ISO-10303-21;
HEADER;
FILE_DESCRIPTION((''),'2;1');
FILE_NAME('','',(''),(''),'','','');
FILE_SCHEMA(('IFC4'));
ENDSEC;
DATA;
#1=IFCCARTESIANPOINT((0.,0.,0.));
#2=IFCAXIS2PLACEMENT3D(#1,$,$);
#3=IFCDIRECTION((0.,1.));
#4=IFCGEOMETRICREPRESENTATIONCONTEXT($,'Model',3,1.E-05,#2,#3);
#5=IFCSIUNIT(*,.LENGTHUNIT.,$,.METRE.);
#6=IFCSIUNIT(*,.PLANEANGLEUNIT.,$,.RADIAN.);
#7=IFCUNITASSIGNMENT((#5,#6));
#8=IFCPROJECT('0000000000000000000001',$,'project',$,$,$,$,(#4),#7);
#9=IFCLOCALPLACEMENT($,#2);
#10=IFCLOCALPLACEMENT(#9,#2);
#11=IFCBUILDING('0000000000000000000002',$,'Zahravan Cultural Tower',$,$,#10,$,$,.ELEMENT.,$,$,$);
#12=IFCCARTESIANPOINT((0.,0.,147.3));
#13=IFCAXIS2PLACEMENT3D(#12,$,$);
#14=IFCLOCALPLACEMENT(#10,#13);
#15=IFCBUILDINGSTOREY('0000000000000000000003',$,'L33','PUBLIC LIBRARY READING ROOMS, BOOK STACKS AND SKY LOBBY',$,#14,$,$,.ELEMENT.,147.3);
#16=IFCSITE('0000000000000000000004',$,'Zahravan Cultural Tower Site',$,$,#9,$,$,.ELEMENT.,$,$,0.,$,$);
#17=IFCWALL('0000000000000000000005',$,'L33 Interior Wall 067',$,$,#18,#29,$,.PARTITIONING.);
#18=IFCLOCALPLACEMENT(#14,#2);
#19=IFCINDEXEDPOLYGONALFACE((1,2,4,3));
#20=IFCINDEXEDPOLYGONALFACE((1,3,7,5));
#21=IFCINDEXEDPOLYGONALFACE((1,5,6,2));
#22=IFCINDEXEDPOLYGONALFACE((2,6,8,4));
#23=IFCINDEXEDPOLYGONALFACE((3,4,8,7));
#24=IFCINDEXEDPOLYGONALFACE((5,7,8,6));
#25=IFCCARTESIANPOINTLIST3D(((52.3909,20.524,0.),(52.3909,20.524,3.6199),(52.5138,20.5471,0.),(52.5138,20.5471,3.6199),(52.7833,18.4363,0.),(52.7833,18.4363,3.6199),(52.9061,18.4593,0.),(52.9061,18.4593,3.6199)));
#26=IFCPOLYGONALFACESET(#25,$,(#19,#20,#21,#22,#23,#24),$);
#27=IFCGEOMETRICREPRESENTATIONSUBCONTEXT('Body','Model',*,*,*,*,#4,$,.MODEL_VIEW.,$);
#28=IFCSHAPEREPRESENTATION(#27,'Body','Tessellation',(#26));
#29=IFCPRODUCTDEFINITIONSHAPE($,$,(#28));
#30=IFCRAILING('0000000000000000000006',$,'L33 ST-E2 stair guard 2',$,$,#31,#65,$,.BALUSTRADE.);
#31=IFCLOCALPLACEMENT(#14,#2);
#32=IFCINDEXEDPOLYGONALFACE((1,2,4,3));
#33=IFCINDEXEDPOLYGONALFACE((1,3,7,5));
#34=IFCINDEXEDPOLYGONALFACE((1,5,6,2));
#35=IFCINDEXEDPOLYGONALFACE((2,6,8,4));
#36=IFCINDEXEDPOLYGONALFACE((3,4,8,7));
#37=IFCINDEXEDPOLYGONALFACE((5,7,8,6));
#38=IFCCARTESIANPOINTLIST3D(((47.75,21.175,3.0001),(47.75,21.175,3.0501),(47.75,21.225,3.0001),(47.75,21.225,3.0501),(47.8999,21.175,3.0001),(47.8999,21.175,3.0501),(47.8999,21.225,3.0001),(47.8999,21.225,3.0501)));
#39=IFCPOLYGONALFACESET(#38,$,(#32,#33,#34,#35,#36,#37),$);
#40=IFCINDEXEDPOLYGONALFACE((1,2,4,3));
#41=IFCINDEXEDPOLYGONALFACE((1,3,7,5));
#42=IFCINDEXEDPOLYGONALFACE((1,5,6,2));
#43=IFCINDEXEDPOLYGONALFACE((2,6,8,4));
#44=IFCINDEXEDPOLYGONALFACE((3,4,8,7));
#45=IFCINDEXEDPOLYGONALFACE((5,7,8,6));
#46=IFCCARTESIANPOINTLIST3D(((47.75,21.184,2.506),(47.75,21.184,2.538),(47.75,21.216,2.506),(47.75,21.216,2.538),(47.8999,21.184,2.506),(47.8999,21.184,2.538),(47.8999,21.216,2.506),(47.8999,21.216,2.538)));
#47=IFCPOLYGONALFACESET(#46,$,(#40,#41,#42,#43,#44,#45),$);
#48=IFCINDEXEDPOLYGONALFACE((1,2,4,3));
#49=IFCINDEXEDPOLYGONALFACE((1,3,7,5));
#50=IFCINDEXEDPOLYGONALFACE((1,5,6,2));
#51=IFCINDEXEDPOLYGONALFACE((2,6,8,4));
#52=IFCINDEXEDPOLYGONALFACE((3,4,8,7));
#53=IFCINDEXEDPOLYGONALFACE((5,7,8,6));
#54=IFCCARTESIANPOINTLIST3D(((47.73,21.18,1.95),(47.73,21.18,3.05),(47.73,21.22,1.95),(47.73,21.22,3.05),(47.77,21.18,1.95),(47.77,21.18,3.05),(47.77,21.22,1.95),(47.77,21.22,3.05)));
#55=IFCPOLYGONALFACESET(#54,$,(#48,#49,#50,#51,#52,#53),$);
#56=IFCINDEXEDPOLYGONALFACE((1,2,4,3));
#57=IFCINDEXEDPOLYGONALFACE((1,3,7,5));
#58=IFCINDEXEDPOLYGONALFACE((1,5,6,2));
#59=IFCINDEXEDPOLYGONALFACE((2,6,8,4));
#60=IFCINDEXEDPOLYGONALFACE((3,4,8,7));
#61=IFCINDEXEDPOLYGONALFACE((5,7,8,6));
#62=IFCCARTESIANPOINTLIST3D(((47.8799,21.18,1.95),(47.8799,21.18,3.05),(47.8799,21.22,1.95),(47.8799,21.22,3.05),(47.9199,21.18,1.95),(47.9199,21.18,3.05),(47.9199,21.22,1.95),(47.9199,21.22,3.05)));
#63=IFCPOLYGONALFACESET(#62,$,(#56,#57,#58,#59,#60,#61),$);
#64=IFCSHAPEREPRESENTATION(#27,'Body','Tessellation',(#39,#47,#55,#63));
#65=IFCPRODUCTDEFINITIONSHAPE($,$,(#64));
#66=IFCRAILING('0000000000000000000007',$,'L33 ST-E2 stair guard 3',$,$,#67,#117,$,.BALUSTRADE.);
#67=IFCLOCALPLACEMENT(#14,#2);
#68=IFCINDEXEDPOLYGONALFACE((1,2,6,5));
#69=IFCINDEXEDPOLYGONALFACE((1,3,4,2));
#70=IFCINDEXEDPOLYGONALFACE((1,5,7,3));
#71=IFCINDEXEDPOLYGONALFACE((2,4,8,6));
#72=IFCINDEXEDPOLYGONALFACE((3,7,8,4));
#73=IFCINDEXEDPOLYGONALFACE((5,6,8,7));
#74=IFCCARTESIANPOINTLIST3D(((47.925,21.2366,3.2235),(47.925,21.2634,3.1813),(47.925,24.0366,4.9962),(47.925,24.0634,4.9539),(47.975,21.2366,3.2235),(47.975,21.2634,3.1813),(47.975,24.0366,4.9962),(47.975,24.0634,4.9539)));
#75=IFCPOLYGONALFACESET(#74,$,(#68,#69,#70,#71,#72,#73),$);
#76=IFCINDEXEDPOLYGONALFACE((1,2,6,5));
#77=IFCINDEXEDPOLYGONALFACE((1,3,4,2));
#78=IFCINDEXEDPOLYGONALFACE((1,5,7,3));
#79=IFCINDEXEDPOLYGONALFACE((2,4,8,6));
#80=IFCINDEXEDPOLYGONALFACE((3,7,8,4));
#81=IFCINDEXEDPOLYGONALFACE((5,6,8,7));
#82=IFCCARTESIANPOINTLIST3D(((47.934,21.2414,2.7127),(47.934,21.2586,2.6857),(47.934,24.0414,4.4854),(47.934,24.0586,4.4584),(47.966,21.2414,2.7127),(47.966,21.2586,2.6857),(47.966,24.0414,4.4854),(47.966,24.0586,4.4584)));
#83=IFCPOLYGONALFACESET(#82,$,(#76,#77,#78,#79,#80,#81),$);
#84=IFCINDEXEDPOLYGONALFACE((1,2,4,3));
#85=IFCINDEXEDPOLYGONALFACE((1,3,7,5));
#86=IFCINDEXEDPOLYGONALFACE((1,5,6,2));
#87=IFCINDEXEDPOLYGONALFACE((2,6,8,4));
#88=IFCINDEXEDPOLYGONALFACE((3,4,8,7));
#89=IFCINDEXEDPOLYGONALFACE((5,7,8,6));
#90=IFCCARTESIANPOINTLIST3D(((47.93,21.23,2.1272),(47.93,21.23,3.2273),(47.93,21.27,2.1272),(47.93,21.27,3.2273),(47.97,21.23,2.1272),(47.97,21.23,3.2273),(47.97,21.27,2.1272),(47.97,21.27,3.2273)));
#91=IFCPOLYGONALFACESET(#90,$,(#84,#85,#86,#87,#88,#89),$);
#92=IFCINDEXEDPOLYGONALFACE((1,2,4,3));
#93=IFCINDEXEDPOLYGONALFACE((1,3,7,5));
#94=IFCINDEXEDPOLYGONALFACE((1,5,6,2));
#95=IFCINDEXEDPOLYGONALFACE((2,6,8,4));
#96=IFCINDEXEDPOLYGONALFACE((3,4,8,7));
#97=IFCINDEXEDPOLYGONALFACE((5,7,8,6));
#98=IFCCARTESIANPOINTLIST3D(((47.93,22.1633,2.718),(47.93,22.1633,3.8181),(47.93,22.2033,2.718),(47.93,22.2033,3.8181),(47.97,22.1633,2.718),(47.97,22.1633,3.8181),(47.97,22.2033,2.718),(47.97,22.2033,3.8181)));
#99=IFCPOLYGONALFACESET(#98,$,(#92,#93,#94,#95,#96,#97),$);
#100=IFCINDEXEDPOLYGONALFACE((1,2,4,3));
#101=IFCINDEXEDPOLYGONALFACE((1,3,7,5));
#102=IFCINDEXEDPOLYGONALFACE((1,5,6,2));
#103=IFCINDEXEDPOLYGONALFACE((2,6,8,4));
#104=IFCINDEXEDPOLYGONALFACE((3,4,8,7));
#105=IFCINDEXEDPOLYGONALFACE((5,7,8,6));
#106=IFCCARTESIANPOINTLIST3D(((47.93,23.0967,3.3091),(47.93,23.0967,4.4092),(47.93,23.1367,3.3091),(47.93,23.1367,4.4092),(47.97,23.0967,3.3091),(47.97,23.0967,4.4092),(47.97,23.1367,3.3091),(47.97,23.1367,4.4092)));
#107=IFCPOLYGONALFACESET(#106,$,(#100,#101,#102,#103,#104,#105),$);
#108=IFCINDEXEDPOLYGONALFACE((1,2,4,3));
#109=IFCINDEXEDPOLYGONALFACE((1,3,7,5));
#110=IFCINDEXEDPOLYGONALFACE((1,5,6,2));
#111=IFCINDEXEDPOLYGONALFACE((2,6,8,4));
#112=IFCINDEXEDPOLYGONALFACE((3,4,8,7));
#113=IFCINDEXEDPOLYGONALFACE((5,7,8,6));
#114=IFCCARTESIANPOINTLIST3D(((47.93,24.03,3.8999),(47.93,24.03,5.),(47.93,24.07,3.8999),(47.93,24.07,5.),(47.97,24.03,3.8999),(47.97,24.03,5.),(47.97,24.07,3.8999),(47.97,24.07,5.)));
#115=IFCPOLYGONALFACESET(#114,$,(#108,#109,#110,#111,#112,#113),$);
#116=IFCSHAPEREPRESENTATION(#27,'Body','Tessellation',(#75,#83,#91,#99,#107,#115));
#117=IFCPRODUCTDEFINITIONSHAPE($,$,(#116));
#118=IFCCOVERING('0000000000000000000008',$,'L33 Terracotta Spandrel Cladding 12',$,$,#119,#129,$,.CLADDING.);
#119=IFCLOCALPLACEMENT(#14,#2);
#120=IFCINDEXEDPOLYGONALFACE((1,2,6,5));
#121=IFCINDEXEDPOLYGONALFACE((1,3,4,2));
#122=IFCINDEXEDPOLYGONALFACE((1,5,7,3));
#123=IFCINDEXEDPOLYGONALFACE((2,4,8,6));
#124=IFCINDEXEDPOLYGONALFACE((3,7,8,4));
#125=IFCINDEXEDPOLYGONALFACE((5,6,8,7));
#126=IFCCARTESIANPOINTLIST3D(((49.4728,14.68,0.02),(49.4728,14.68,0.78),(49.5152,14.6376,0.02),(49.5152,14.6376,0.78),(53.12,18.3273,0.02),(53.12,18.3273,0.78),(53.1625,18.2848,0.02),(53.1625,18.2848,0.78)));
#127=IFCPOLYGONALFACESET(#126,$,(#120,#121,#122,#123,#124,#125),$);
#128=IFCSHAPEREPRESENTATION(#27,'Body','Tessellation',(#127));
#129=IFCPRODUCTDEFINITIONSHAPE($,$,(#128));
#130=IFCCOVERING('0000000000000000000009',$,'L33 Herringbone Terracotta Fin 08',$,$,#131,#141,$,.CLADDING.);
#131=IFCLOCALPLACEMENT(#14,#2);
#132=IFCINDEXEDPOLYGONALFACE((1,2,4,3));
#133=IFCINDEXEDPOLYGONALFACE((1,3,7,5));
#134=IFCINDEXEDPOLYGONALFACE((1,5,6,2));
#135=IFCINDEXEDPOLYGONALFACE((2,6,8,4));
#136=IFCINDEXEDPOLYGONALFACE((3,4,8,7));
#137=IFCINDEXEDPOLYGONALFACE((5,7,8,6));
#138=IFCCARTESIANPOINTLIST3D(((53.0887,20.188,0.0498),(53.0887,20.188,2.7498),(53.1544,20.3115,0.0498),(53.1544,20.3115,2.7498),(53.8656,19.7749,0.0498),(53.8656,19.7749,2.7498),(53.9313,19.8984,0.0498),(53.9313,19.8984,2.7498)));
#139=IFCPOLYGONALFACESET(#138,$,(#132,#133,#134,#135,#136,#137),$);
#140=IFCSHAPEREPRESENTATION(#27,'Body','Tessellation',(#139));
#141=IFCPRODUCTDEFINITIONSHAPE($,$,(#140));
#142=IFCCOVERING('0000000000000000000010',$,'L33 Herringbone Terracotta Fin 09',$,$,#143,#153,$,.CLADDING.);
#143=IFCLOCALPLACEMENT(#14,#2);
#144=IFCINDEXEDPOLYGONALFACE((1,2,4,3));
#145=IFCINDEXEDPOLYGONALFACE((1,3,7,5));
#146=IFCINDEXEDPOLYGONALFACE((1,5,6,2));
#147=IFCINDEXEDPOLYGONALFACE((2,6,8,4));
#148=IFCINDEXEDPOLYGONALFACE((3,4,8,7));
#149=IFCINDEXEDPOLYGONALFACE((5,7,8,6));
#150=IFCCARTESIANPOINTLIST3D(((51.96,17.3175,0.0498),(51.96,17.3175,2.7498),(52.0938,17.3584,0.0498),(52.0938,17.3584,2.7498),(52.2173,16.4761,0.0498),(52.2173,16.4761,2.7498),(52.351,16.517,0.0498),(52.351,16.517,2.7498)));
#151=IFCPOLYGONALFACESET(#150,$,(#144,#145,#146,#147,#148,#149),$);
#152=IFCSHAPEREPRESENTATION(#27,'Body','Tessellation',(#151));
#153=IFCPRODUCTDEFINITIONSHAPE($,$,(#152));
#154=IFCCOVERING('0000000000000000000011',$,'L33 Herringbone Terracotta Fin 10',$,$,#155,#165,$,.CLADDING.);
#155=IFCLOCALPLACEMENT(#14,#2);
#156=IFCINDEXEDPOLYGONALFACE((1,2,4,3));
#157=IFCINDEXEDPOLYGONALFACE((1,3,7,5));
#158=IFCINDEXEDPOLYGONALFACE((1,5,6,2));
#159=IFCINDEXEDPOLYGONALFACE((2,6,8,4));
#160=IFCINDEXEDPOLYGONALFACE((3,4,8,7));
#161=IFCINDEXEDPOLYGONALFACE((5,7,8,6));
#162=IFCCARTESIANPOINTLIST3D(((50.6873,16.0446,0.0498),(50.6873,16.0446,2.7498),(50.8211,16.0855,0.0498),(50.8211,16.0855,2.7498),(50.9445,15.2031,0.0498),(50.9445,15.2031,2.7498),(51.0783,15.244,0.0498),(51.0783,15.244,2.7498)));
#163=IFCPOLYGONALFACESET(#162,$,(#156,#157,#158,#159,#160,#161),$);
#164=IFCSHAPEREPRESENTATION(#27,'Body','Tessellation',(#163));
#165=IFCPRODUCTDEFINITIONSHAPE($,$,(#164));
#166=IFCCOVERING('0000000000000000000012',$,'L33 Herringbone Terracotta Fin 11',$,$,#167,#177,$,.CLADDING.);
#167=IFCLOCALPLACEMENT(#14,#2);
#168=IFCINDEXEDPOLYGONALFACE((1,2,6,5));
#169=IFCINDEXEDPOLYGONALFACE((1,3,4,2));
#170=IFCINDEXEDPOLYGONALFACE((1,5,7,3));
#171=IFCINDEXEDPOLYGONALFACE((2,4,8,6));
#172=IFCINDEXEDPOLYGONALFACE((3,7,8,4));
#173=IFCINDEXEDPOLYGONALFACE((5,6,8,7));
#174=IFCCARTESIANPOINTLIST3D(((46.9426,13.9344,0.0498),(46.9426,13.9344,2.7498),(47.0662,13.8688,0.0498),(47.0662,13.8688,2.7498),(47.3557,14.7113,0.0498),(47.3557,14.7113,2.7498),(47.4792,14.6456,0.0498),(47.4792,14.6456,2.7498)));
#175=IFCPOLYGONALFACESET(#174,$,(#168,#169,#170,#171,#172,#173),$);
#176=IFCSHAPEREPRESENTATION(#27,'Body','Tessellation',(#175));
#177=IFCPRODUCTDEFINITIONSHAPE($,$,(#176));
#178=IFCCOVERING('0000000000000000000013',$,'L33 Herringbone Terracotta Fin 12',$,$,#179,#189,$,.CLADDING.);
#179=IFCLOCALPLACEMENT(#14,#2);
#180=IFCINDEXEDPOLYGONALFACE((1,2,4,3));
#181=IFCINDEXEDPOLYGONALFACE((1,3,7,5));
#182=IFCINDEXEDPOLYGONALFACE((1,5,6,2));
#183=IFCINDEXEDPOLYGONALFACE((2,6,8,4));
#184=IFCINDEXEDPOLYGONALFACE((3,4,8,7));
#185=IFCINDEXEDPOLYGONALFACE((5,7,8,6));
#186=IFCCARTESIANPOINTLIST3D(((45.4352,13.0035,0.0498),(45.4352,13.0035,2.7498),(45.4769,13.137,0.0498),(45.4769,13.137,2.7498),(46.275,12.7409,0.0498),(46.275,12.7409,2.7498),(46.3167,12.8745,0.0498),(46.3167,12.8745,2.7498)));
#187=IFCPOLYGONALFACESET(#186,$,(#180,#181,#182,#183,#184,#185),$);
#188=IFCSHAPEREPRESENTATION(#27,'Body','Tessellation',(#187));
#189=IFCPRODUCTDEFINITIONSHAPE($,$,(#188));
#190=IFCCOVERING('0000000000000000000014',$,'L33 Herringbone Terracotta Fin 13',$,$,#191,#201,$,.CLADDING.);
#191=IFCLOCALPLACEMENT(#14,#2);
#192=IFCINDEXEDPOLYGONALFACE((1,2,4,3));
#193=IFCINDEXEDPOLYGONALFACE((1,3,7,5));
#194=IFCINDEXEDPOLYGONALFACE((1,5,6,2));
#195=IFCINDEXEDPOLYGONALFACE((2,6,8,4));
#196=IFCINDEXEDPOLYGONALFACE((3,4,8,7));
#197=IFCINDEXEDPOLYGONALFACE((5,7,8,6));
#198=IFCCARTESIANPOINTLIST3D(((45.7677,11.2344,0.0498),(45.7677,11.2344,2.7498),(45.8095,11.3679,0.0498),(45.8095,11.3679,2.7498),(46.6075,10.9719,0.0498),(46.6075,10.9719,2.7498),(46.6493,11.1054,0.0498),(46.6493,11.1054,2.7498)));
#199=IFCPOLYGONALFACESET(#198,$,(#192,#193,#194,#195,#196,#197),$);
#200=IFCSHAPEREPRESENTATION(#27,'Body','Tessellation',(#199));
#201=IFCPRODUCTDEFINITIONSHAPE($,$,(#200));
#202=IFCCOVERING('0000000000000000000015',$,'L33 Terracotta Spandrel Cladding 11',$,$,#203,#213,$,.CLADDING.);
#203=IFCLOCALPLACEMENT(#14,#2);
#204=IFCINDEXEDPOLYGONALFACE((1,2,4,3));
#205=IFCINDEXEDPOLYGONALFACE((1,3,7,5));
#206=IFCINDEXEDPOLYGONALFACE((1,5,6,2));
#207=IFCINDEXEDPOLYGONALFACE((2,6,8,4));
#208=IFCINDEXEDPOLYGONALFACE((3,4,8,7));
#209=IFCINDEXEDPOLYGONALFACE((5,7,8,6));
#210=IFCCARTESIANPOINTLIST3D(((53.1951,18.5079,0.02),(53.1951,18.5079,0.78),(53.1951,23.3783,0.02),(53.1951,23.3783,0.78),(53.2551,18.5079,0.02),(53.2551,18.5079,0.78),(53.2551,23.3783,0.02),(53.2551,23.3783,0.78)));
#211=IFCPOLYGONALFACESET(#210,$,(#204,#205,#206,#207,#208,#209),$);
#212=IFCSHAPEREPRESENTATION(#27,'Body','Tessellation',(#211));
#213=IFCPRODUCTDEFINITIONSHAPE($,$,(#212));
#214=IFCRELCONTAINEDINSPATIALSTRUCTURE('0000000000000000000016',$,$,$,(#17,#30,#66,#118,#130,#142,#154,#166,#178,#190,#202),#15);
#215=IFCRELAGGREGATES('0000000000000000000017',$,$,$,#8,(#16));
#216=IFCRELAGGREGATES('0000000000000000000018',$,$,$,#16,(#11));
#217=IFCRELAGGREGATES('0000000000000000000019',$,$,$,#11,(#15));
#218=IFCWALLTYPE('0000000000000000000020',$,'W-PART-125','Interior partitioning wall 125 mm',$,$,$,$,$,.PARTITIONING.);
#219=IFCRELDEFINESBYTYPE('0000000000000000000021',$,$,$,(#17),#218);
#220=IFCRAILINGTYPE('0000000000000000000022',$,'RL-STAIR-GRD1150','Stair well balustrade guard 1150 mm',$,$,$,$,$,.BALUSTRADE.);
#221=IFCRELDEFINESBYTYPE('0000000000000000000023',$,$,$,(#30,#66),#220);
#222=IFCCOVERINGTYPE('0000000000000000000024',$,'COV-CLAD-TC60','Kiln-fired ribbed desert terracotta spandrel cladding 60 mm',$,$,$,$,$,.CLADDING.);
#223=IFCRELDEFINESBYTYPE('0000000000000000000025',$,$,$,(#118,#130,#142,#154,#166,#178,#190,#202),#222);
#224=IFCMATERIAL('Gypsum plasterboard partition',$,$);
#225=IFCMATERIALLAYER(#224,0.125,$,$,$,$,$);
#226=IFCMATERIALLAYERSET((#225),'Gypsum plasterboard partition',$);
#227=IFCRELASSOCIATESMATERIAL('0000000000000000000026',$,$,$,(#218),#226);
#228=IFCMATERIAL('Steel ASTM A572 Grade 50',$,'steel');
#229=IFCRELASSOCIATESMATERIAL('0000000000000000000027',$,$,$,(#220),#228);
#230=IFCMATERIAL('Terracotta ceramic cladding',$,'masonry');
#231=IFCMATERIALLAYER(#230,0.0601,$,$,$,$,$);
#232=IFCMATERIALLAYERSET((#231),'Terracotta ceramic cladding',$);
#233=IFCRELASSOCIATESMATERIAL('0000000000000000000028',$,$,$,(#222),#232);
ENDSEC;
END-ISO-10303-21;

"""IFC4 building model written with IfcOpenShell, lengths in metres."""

from ifc_helpers import new_model, si_unit, direction, frame, frame_2d, origin, origin_2d, place, context, subcontext, project, spatial, rectangle, extrude, source, transform, mapped, material, layer, layer_set, type_object, element, save


model = new_model("IFC4")

# Units and contexts
model_context = context("Model", 3, precision=1e-05, world=origin(), true_north=direction((0.0, 1.0)))
body_context = subcontext(model_context, "Body", "Model", "MODEL_VIEW")
ifc_project = project(units=[si_unit("LENGTHUNIT", "METRE"), si_unit("PLANEANGLEUNIT", "RADIAN")], contexts=[model_context])

# Site, building, storey
site_placement = place(None, origin())
site = spatial("IfcSite", under=ifc_project, at=site_placement, Name="Zahravan Cultural Tower Site", CompositionType="ELEMENT", RefElevation=0.0)
building_placement = place(site_placement, origin())
building = spatial("IfcBuilding", under=site, at=building_placement, Name="Zahravan Cultural Tower", CompositionType="ELEMENT")
storey_placement = place(building_placement, frame((0.0, 0.0, 147.3)))
storey = spatial("IfcBuildingStorey", under=building, at=storey_placement, Name="L33", Description="PUBLIC LIBRARY READING ROOMS, BOOK STACKS AND SKY LOBBY", CompositionType="ELEMENT", Elevation=147.3)

# Shared definitions
ifc_material_1 = material(Name="Gypsum plasterboard partition")
ifc_layer_1 = layer(ifc_material_1, 0.125)
ifc_layer_set_1 = layer_set([ifc_layer_1], Name="Gypsum plasterboard partition")
wall_type_1 = type_object("IfcWallType", Name="W-PART-125", Description="Interior partitioning wall 125 mm", PredefinedType="PARTITIONING", material=ifc_layer_set_1)
ifc_material_2 = material(Name="Steel ASTM A572 Grade 50", Category="steel")

# Wall
shared_shape_1 = source(origin(), body_context, "Body", "SweptSolid", [
    extrude(rectangle(XDim=2.1243, YDim=0.125, at=frame_2d((1.062, 0.0))), origin(), (0.0, 0.0, 1.0), 3.6199),
])
wall_1_placement = place(storey_placement, frame((52.4524, 20.5354, 0.0), z_axis=(0.0, 0.0, 1.0), x_axis=(0.184698, -0.982795, 0.0)))
element("IfcWall", 1, at=wall_1_placement, inside=storey, type_object=wall_type_1, Name="L33 Interior Wall 067", PredefinedType="PARTITIONING", context=body_context, shape_type="MappedRepresentation", body=[
    mapped(shared_shape_1, transform((0.0, 0.0, 0.0), x_axis=(1.0, 0.0, 0.0), y_axis=(0.0, 1.0, 0.0), z_axis=(0.0, 0.0, 1.0), scale=1.0)),
])

# Railings
railing_type = type_object("IfcRailingType", Name="RL-STAIR-GRD1150", Description="Stair well balustrade guard 1150 mm", PredefinedType="BALUSTRADE", material=ifc_material_2)
railing_1_placement = place(storey_placement, frame((47.75, 21.2, 1.95)))
element("IfcRailing", 2, at=railing_1_placement, inside=storey, type_object=railing_type, Name="L33 ST-E2 stair guard 2", PredefinedType="BALUSTRADE", context=body_context, shape_type="SweptSolid", body=[
    extrude(rectangle(XDim=0.05, YDim=0.05, at=origin_2d()), frame((0.0, 0.0, 1.0752), z_axis=(1.0, 0.0, 0.0), x_axis=(0.0, 1.0, 0.0)), (0.0, 0.0, 1.0), 0.1499),
    extrude(rectangle(XDim=0.032, YDim=0.032, at=origin_2d()), frame((0.0, 0.0, 0.572), z_axis=(1.0, 0.0, 0.0), x_axis=(0.0, 1.0, 0.0)), (0.0, 0.0, 1.0), 0.1499),
    extrude(rectangle(XDim=0.04, YDim=0.04, at=origin_2d()), origin(), (0.0, 0.0, 1.0), 1.1001),
    extrude(rectangle(XDim=0.04, YDim=0.04, at=origin_2d()), frame((0.1499, 0.0, 0.0)), (0.0, 0.0, 1.0), 1.1001),
])
railing_2_placement = place(storey_placement, frame((47.95, 21.25, 2.1272)))
element("IfcRailing", 3, at=railing_2_placement, inside=storey, type_object=railing_type, Name="L33 ST-E2 stair guard 3", PredefinedType="BALUSTRADE", context=body_context, shape_type="SweptSolid", body=[
    extrude(rectangle(XDim=0.05, YDim=0.05, at=origin_2d()), frame((0.0, 0.0, 1.0752), z_axis=(0.0, 0.844909, 0.53491), x_axis=(-1.0, 0.0, 0.0)), (0.0, 0.0, 1.0), 3.314),
    extrude(rectangle(XDim=0.032, YDim=0.032, at=origin_2d()), frame((0.0, 0.0, 0.572), z_axis=(0.0, 0.844909, 0.53491), x_axis=(-1.0, 0.0, 0.0)), (0.0, 0.0, 1.0), 3.314),
    extrude(rectangle(XDim=0.04, YDim=0.04, at=origin_2d()), origin(), (0.0, 0.0, 1.0), 1.1001),
    extrude(rectangle(XDim=0.04, YDim=0.04, at=origin_2d()), frame((0.0, 0.9333, 0.5908)), (0.0, 0.0, 1.0), 1.1001),
    extrude(rectangle(XDim=0.04, YDim=0.04, at=origin_2d()), frame((0.0, 1.8667, 1.1819)), (0.0, 0.0, 1.0), 1.1001),
    extrude(rectangle(XDim=0.04, YDim=0.04, at=origin_2d()), frame((0.0, 2.8, 1.7727)), (0.0, 0.0, 1.0), 1.1001),
])

# Coverings
ifc_material_3 = material(Name="Terracotta ceramic cladding", Category="masonry")
ifc_layer_2 = layer(ifc_material_3, 0.0601)
ifc_layer_set_2 = layer_set([ifc_layer_2], Name="Terracotta ceramic cladding")
covering_type = type_object("IfcCoveringType", Name="COV-CLAD-TC60", Description="Kiln-fired ribbed desert terracotta spandrel cladding 60 mm", PredefinedType="CLADDING", material=ifc_layer_set_2)
shared_shape_2 = source(origin(), body_context, "Body", "SweptSolid", [
    extrude(rectangle(XDim=5.158, YDim=0.0601, at=origin_2d()), origin(), (0.0, 0.0, 1.0), 0.76),
])
covering_1_placement = place(storey_placement, frame((51.3176, 16.4824, 0.02), z_axis=(0.0, 0.0, 1.0), x_axis=(-0.707107, -0.707107, 0.0)))
element("IfcCovering", 4, at=covering_1_placement, inside=storey, type_object=covering_type, Name="L33 Terracotta Spandrel Cladding 12", PredefinedType="CLADDING", context=body_context, shape_type="MappedRepresentation", body=[
    mapped(shared_shape_2, transform((0.0, 0.0, 0.0), x_axis=(1.0, 0.0, 0.0), y_axis=(0.0, 1.0, 0.0), z_axis=(0.0, 0.0, 1.0), scale=1.0)),
])
shared_shape_3 = source(origin(), body_context, "Body", "SweptSolid", [
    extrude(rectangle(XDim=0.8799, YDim=0.1399, at=origin_2d()), origin(), (0.0, 0.0, 1.0), 2.7),
])
for number, where, z_axis, x_axis, name in (
    (5, (53.51, 20.0432, 0.0498), (0.0, 0.0, 1.0), (0.882948, -0.469472, 0.0), "L33 Herringbone Terracotta Fin 08"),
    (6, (52.1555, 16.9172, 0.0498), (0.0, 0.0, 1.0), (0.292372, -0.956305, 0.0), "L33 Herringbone Terracotta Fin 09"),
    (7, (50.8828, 15.6443, 0.0498), (0.0, 0.0, 1.0), (0.292372, -0.956305, 0.0), "L33 Herringbone Terracotta Fin 10"),
    (8, (47.2109, 14.29, 0.0498), (0.0, 0.0, 1.0), (-0.469472, -0.882948, 0.0), "L33 Herringbone Terracotta Fin 11"),
    (9, (45.876, 12.939, 0.0498), (0.0, 0.0, 1.0), (0.954454, -0.298358, 0.0), "L33 Herringbone Terracotta Fin 12"),
    (10, (46.2085, 11.1699, 0.0498), (0.0, 0.0, 1.0), (0.954454, -0.298358, 0.0), "L33 Herringbone Terracotta Fin 13"),
):
    element("IfcCovering", number, at=place(storey_placement, frame(where, z_axis=z_axis, x_axis=x_axis)), inside=storey, type_object=covering_type, Name=name, PredefinedType="CLADDING", context=body_context, shape_type="MappedRepresentation", body=[
        mapped(shared_shape_3, transform((0.0, 0.0, 0.0), x_axis=(1.0, 0.0, 0.0), y_axis=(0.0, 1.0, 0.0), z_axis=(0.0, 0.0, 1.0), scale=1.0)),
    ])
shared_shape_4 = source(origin(), body_context, "Body", "SweptSolid", [
    extrude(rectangle(XDim=4.8704, YDim=0.0601, at=origin_2d()), origin(), (0.0, 0.0, 1.0), 0.76),
])
covering_2_placement = place(storey_placement, frame((53.2251, 20.9431, 0.02), z_axis=(0.0, 0.0, 1.0), x_axis=(0.0, -1.0, 0.0)))
element("IfcCovering", 11, at=covering_2_placement, inside=storey, type_object=covering_type, Name="L33 Terracotta Spandrel Cladding 11", PredefinedType="CLADDING", context=body_context, shape_type="MappedRepresentation", body=[
    mapped(shared_shape_4, transform((0.0, 0.0, 0.0), x_axis=(1.0, 0.0, 0.0), y_axis=(0.0, 1.0, 0.0), z_axis=(0.0, 0.0, 1.0), scale=1.0)),
])

save(model, "model.ifc")
